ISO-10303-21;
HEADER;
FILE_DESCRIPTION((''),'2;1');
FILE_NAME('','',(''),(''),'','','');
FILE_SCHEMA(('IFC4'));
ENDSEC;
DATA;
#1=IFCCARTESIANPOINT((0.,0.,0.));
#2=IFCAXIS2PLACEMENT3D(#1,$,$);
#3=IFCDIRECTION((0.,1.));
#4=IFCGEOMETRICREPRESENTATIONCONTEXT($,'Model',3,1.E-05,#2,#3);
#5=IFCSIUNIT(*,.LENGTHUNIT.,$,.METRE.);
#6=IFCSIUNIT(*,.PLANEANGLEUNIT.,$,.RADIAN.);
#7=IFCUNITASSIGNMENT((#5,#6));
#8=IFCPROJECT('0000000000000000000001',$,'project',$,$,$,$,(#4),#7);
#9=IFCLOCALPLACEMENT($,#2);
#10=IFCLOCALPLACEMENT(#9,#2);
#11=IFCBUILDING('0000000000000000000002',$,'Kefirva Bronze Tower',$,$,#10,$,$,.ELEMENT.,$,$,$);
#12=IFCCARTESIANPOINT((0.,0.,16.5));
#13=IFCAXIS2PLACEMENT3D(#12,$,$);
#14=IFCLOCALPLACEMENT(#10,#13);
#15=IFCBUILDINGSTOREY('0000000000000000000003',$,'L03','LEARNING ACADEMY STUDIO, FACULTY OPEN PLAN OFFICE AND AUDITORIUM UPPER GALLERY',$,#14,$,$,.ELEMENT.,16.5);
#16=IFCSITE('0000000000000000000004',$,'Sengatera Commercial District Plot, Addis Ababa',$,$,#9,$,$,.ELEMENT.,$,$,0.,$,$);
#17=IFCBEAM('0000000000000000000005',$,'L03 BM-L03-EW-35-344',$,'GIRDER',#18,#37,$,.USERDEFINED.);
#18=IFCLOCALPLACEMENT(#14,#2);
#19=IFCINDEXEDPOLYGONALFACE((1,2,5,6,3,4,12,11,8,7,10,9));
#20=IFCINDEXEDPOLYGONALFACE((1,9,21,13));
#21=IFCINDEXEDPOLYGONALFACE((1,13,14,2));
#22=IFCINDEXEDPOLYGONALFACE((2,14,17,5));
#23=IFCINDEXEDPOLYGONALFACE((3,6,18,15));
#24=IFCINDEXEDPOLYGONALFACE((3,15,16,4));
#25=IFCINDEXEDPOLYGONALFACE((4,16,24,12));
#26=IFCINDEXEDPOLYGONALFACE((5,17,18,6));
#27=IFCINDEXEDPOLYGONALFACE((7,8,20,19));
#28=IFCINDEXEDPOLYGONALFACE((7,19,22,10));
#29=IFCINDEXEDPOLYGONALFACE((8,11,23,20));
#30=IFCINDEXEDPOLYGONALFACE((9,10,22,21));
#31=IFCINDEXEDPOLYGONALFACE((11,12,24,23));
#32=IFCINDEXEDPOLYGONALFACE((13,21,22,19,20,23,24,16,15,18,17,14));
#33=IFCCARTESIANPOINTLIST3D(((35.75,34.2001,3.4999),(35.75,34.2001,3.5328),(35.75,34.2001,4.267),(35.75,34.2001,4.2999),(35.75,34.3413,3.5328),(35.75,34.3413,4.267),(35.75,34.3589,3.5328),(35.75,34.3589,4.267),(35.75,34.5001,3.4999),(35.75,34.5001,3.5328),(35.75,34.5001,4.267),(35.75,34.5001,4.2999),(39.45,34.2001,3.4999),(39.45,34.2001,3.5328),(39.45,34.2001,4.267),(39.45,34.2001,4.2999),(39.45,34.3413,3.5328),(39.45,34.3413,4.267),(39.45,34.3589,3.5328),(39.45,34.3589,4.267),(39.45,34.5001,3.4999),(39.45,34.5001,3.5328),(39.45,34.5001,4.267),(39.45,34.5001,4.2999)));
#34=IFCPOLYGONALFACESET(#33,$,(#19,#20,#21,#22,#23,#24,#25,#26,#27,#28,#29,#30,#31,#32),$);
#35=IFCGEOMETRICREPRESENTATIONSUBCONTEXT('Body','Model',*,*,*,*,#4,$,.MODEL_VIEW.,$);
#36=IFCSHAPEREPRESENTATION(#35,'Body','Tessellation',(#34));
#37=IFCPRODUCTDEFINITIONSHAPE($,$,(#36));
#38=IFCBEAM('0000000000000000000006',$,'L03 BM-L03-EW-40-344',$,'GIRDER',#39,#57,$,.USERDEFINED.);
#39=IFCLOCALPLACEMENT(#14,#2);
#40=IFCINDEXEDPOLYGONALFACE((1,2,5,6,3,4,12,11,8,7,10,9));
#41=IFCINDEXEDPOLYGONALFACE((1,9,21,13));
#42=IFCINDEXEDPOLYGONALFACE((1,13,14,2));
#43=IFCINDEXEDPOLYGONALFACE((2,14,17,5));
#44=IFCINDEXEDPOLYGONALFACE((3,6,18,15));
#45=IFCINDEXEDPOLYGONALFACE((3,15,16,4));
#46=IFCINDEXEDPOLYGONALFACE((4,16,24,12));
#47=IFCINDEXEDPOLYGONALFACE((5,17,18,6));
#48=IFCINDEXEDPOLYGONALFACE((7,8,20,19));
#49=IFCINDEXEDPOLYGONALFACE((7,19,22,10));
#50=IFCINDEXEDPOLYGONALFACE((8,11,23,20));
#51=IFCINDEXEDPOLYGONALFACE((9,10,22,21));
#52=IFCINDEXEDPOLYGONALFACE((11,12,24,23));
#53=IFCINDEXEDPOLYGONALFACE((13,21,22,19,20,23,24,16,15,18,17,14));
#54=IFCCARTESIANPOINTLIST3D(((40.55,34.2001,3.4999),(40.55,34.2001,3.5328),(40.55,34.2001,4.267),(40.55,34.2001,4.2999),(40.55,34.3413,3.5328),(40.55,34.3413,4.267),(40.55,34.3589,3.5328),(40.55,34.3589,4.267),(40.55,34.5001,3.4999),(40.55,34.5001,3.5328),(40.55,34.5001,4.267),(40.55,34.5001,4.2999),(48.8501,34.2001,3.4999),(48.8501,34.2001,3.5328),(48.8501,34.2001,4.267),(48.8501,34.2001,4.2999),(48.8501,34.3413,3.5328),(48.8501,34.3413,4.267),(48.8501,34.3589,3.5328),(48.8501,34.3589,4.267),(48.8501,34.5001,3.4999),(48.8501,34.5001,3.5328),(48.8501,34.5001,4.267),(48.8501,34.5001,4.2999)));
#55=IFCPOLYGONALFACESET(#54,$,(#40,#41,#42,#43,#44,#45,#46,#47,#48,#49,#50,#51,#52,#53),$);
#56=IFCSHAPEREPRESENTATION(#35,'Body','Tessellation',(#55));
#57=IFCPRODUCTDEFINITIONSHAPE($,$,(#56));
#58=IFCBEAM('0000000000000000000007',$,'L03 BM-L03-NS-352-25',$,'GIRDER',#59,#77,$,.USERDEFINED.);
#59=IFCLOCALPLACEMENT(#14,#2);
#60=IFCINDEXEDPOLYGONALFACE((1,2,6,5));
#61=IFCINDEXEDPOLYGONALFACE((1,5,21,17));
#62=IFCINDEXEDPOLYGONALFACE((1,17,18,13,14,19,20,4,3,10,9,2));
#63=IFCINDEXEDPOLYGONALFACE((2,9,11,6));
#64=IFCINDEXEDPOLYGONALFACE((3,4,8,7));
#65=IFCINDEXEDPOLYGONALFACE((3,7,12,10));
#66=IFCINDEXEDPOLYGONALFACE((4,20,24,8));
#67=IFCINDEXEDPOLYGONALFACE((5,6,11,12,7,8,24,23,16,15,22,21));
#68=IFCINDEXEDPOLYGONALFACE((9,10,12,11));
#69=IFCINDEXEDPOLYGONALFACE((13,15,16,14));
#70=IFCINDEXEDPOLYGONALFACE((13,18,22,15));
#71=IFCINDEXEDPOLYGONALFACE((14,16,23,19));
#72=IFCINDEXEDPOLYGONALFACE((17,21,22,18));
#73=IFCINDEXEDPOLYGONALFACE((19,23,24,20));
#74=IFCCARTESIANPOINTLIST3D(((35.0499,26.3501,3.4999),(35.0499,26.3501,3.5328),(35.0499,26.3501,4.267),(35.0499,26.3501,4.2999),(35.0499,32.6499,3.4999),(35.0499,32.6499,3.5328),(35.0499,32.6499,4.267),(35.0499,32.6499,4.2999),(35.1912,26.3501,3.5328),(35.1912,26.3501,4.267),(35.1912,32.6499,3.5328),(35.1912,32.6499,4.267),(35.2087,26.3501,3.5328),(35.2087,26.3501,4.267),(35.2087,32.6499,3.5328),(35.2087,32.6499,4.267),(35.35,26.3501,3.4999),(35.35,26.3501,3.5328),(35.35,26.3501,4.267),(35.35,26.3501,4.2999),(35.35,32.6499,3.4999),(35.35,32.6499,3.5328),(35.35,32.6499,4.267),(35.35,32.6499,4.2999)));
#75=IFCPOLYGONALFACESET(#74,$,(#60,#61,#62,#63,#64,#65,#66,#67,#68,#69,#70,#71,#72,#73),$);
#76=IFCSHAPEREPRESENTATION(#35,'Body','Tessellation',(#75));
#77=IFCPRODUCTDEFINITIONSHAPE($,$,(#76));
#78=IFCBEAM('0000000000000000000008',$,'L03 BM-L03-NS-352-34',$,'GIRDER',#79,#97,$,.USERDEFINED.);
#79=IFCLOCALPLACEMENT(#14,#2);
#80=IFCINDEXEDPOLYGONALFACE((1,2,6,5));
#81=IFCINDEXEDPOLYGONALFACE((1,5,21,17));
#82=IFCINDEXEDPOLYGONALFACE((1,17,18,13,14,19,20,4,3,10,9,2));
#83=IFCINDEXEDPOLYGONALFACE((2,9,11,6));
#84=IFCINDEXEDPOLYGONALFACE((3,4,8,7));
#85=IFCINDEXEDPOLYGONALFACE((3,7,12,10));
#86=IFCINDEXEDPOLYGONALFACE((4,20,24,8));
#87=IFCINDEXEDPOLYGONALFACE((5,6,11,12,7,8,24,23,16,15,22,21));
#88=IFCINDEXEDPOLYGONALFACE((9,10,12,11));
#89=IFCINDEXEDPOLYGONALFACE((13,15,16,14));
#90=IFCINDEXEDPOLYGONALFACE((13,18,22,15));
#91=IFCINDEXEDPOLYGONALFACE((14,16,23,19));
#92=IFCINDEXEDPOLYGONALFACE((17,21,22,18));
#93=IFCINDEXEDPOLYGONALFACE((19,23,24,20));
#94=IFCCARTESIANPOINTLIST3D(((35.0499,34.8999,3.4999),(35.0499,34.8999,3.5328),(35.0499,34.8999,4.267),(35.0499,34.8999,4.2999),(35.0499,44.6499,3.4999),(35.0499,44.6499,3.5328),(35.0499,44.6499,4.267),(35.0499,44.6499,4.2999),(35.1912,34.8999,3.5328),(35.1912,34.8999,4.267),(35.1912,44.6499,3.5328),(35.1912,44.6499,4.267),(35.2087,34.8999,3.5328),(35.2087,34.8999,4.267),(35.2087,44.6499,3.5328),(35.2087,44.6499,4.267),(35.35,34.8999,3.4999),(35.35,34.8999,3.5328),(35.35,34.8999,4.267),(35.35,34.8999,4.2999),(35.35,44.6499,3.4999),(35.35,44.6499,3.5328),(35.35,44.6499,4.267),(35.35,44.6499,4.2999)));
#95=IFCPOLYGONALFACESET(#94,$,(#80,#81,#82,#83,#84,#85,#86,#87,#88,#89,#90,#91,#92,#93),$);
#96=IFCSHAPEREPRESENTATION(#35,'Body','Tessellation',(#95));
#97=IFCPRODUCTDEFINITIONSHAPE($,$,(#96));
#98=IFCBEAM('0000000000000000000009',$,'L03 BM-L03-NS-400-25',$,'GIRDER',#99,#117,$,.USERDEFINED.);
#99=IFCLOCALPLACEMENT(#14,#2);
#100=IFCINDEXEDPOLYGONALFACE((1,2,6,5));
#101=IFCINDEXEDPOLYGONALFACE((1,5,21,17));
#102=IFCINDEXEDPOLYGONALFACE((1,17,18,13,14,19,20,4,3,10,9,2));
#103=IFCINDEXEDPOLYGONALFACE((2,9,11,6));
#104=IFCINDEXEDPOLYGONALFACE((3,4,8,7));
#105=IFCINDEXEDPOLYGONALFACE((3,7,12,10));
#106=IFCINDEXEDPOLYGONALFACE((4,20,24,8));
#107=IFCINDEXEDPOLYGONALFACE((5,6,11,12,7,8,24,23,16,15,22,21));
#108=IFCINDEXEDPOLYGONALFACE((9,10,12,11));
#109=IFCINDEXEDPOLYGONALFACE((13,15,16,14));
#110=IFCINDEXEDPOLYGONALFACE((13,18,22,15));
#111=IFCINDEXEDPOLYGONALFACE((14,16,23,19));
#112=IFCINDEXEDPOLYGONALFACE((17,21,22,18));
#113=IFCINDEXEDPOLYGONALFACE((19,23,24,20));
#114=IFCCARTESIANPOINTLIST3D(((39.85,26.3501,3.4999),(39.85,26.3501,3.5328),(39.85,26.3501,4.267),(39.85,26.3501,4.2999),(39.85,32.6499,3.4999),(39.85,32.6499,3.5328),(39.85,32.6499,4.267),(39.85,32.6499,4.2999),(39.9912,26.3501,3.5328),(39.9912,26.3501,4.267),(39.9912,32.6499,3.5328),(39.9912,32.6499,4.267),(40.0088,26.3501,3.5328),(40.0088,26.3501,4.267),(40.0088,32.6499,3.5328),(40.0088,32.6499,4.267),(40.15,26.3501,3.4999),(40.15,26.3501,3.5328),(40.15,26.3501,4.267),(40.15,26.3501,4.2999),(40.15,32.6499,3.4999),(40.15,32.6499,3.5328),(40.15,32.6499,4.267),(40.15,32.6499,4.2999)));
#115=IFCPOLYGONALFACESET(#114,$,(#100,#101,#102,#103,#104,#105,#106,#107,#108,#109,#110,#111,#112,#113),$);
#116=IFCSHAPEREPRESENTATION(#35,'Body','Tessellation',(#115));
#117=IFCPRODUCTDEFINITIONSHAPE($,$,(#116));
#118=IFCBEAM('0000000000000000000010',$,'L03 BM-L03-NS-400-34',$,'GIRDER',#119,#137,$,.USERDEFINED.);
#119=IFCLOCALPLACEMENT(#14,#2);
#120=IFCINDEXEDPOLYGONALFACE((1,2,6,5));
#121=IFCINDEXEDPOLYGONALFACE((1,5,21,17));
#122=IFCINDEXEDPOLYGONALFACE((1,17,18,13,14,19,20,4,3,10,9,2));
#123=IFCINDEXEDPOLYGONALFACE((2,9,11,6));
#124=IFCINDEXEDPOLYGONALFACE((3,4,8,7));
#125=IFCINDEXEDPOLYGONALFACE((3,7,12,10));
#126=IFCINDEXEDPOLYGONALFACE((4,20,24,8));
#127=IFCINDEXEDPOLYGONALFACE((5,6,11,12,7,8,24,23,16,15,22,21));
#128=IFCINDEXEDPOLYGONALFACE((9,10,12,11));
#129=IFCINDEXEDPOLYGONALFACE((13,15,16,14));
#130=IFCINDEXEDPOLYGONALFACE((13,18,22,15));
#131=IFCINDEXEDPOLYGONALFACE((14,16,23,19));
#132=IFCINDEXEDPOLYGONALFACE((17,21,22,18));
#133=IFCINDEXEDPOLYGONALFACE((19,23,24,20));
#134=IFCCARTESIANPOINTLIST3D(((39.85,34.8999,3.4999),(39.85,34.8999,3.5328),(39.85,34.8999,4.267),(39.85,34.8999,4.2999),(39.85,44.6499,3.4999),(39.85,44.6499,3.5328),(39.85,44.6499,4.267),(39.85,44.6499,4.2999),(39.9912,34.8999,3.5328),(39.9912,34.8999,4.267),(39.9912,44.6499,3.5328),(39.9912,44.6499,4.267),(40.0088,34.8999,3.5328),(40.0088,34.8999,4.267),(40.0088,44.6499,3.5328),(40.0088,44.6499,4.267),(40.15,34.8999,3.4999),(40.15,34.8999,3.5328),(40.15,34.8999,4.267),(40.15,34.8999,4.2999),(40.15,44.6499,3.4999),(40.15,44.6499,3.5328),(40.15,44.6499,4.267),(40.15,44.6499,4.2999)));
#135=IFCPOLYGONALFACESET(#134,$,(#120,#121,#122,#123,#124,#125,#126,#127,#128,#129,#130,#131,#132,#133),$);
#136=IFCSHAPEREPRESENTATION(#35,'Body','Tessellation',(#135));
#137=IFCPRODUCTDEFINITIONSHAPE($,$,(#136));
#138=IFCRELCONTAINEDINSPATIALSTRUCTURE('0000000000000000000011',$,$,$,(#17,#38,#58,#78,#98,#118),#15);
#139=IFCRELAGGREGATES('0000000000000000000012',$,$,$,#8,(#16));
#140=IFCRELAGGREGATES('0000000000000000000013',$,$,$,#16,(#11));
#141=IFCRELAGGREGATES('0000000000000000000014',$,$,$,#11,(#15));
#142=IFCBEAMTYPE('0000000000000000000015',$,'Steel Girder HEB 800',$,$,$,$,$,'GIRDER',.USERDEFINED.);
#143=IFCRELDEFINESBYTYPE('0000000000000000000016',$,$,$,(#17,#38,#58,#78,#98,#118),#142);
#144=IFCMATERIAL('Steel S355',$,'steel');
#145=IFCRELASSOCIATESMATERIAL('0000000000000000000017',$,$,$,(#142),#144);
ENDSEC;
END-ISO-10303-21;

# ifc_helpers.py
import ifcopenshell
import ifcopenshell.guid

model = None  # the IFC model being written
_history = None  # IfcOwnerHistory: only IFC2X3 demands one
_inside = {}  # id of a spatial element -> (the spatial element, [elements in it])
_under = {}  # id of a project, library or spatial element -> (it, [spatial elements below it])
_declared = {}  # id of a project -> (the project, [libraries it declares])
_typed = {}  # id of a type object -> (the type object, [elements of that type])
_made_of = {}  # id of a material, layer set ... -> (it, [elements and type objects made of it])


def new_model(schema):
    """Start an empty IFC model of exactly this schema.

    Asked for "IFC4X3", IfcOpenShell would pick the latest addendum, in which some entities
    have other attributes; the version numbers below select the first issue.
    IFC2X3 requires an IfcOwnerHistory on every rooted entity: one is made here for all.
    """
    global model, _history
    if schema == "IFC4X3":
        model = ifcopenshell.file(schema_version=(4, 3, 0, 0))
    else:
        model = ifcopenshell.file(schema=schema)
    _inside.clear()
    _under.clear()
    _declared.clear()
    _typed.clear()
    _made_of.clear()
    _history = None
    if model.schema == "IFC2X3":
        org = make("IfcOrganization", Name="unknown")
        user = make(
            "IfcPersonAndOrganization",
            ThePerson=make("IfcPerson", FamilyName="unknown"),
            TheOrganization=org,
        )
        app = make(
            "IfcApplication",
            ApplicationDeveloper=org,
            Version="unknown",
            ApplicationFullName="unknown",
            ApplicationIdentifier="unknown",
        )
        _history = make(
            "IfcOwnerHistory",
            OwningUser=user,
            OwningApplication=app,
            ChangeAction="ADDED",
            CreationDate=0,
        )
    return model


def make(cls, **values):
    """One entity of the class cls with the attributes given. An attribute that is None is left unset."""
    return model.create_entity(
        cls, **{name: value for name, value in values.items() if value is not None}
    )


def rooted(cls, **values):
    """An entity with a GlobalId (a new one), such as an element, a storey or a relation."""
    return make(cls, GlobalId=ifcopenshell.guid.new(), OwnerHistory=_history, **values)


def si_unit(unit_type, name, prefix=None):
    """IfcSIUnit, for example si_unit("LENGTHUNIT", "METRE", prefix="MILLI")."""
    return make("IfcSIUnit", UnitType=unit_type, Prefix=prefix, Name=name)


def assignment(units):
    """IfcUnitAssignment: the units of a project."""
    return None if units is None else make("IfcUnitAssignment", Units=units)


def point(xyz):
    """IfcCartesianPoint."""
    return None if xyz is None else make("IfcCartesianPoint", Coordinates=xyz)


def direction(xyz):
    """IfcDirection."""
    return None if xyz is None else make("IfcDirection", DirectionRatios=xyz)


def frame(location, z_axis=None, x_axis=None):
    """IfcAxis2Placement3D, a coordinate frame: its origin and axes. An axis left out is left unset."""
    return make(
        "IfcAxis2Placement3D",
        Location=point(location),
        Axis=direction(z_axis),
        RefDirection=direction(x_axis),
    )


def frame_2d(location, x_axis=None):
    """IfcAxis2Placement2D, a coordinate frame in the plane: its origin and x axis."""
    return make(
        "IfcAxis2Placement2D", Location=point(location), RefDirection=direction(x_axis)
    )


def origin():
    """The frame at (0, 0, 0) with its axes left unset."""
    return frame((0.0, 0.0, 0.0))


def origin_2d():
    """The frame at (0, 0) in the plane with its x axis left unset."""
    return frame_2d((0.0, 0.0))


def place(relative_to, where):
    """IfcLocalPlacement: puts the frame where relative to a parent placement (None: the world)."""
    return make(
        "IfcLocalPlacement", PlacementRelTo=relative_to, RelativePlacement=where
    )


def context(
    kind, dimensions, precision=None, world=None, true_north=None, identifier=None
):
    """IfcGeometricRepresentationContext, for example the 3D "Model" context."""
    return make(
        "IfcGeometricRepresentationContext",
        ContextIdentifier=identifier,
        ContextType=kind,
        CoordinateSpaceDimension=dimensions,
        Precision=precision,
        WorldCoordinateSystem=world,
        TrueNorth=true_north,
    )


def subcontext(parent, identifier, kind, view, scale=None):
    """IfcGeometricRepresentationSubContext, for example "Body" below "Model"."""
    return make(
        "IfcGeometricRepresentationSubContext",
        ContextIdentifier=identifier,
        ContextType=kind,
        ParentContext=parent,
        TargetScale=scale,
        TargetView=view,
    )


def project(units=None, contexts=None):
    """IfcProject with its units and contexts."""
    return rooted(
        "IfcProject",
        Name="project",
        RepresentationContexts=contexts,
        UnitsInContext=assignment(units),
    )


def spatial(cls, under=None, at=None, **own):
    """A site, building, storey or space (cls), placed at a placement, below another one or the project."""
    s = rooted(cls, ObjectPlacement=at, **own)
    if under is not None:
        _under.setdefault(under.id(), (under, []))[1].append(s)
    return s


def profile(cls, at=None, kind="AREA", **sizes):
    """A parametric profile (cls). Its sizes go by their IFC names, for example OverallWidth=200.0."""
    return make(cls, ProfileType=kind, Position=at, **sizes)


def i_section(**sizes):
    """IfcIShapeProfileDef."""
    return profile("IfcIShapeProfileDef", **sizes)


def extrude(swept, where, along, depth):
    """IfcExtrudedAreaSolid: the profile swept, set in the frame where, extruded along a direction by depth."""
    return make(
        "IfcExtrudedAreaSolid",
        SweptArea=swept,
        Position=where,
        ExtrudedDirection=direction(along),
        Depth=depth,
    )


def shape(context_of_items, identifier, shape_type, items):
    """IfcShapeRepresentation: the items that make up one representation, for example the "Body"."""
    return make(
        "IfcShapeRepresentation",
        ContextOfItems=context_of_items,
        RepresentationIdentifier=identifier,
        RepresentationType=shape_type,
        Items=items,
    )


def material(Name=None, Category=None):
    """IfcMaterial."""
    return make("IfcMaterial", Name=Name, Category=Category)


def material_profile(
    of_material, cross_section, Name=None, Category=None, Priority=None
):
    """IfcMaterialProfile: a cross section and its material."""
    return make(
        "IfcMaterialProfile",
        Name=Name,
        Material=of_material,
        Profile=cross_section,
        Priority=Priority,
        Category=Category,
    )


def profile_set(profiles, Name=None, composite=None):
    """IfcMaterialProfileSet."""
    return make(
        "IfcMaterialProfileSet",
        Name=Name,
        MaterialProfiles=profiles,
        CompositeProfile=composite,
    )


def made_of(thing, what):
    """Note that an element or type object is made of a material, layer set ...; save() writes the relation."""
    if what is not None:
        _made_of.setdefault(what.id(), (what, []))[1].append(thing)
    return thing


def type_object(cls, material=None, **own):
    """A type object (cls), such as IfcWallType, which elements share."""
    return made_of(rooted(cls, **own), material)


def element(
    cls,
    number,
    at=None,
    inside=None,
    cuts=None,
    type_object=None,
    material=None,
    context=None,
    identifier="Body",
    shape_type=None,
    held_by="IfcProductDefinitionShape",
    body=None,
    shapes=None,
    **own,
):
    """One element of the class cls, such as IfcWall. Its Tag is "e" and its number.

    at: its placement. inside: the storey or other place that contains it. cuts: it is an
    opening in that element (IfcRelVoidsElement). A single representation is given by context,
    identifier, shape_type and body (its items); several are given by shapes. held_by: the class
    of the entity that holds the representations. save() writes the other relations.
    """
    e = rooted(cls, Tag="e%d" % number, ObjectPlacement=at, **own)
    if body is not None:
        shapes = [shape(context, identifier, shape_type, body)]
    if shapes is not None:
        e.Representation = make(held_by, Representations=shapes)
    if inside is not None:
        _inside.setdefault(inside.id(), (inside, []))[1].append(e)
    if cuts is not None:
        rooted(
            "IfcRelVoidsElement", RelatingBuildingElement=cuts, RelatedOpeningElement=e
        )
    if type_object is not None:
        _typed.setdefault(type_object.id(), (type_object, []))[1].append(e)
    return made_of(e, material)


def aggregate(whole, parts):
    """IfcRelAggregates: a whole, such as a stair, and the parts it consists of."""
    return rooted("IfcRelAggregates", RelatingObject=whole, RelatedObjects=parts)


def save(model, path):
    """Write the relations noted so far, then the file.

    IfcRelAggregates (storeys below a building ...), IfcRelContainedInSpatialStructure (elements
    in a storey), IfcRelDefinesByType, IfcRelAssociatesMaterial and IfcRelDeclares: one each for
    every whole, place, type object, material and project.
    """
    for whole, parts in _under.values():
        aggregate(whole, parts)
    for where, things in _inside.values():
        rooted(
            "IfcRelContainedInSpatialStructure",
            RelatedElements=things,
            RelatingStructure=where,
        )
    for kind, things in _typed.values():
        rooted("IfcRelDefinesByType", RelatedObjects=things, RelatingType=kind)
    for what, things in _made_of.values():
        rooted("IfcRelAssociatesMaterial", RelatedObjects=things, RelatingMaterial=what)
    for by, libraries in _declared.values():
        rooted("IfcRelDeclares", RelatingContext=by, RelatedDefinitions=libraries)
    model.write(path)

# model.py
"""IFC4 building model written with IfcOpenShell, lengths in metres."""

from ifc_helpers import new_model, si_unit, direction, frame, origin, origin_2d, place, context, subcontext, project, spatial, i_section, extrude, material, material_profile, profile_set, type_object, element, save


model = new_model("IFC4")

# Units and contexts
model_context = context("Model", 3, precision=1e-05, world=origin(), true_north=direction((0.0, 1.0)))
body_context = subcontext(model_context, "Body", "Model", "MODEL_VIEW")
ifc_project = project(units=[si_unit("LENGTHUNIT", "METRE"), si_unit("PLANEANGLEUNIT", "RADIAN")], contexts=[model_context])

# Site, building, storey
site_placement = place(None, origin())
site = spatial("IfcSite", under=ifc_project, at=site_placement, Name="Sengatera Commercial District Plot, Addis Ababa", CompositionType="ELEMENT", RefElevation=0.0)
building_placement = place(site_placement, origin())
building = spatial("IfcBuilding", under=site, at=building_placement, Name="Kefirva Bronze Tower", CompositionType="ELEMENT")
storey_placement = place(building_placement, frame((0.0, 0.0, 16.5)))
storey = spatial("IfcBuildingStorey", under=building, at=storey_placement, Name="L03", Description="LEARNING ACADEMY STUDIO, FACULTY OPEN PLAN OFFICE AND AUDITORIUM UPPER GALLERY", CompositionType="ELEMENT", Elevation=16.5)

# Beams
ifc_material_1 = material(Name="Steel S355", Category="steel")
ifc_material_profile_1 = material_profile(ifc_material_1, i_section(OverallWidth=0.3, OverallDepth=0.8, WebThickness=0.0176, FlangeThickness=0.033, at=origin_2d()), Name="HEB 800")
ifc_profile_set_1 = profile_set([ifc_material_profile_1], Name="Steel S355")
beam_type_1 = type_object("IfcBeamType", Name="Steel Girder HEB 800", ElementType="GIRDER", PredefinedType="USERDEFINED", material=ifc_profile_set_1)
beam_1_placement = place(storey_placement, frame((35.75, 34.3501, 3.8999), z_axis=(1.0, 0.0, 0.0), x_axis=(0.0, 1.0, 0.0)))
element("IfcBeam", 1, at=beam_1_placement, inside=storey, type_object=beam_type_1, Name="L03 BM-L03-EW-35-344", ObjectType="GIRDER", PredefinedType="USERDEFINED", context=body_context, shape_type="SweptSolid", body=[
    extrude(i_section(OverallWidth=0.3, OverallDepth=0.8, WebThickness=0.0176, FlangeThickness=0.033, at=origin_2d()), origin(), (0.0, 0.0, 1.0), 3.7),
])
beam_2_placement = place(storey_placement, frame((40.55, 34.3501, 3.8999), z_axis=(1.0, 0.0, 0.0), x_axis=(0.0, 1.0, 0.0)))
element("IfcBeam", 2, at=beam_2_placement, inside=storey, type_object=beam_type_1, Name="L03 BM-L03-EW-40-344", ObjectType="GIRDER", PredefinedType="USERDEFINED", context=body_context, shape_type="SweptSolid", body=[
    extrude(i_section(OverallWidth=0.3, OverallDepth=0.8, WebThickness=0.0176, FlangeThickness=0.033, at=origin_2d()), origin(), (0.0, 0.0, 1.0), 8.3),
])
beam_3_placement = place(storey_placement, frame((35.2, 26.3501, 3.8999), z_axis=(0.0, 1.0, 0.0), x_axis=(-1.0, 0.0, 0.0)))
element("IfcBeam", 3, at=beam_3_placement, inside=storey, type_object=beam_type_1, Name="L03 BM-L03-NS-352-25", ObjectType="GIRDER", PredefinedType="USERDEFINED", context=body_context, shape_type="SweptSolid", body=[
    extrude(i_section(OverallWidth=0.3, OverallDepth=0.8, WebThickness=0.0176, FlangeThickness=0.033, at=origin_2d()), origin(), (0.0, 0.0, 1.0), 6.2998),
])
beam_4_placement = place(storey_placement, frame((35.2, 34.8999, 3.8999), z_axis=(0.0, 1.0, 0.0), x_axis=(-1.0, 0.0, 0.0)))
element("IfcBeam", 4, at=beam_4_placement, inside=storey, type_object=beam_type_1, Name="L03 BM-L03-NS-352-34", ObjectType="GIRDER", PredefinedType="USERDEFINED", context=body_context, shape_type="SweptSolid", body=[
    extrude(i_section(OverallWidth=0.3, OverallDepth=0.8, WebThickness=0.0176, FlangeThickness=0.033, at=origin_2d()), origin(), (0.0, 0.0, 1.0), 9.75),
])
beam_5_placement = place(storey_placement, frame((40.0, 26.3501, 3.8999), z_axis=(0.0, 1.0, 0.0), x_axis=(-1.0, 0.0, 0.0)))
element("IfcBeam", 5, at=beam_5_placement, inside=storey, type_object=beam_type_1, Name="L03 BM-L03-NS-400-25", ObjectType="GIRDER", PredefinedType="USERDEFINED", context=body_context, shape_type="SweptSolid", body=[
    extrude(i_section(OverallWidth=0.3, OverallDepth=0.8, WebThickness=0.0176, FlangeThickness=0.033, at=origin_2d()), origin(), (0.0, 0.0, 1.0), 6.2998),
])
beam_6_placement = place(storey_placement, frame((40.0, 34.8999, 3.8999), z_axis=(0.0, 1.0, 0.0), x_axis=(-1.0, 0.0, 0.0)))
element("IfcBeam", 6, at=beam_6_placement, inside=storey, type_object=beam_type_1, Name="L03 BM-L03-NS-400-34", ObjectType="GIRDER", PredefinedType="USERDEFINED", context=body_context, shape_type="SweptSolid", body=[
    extrude(i_section(OverallWidth=0.3, OverallDepth=0.8, WebThickness=0.0176, FlangeThickness=0.033, at=origin_2d()), origin(), (0.0, 0.0, 1.0), 9.75),
])

save(model, "model.ifc")
